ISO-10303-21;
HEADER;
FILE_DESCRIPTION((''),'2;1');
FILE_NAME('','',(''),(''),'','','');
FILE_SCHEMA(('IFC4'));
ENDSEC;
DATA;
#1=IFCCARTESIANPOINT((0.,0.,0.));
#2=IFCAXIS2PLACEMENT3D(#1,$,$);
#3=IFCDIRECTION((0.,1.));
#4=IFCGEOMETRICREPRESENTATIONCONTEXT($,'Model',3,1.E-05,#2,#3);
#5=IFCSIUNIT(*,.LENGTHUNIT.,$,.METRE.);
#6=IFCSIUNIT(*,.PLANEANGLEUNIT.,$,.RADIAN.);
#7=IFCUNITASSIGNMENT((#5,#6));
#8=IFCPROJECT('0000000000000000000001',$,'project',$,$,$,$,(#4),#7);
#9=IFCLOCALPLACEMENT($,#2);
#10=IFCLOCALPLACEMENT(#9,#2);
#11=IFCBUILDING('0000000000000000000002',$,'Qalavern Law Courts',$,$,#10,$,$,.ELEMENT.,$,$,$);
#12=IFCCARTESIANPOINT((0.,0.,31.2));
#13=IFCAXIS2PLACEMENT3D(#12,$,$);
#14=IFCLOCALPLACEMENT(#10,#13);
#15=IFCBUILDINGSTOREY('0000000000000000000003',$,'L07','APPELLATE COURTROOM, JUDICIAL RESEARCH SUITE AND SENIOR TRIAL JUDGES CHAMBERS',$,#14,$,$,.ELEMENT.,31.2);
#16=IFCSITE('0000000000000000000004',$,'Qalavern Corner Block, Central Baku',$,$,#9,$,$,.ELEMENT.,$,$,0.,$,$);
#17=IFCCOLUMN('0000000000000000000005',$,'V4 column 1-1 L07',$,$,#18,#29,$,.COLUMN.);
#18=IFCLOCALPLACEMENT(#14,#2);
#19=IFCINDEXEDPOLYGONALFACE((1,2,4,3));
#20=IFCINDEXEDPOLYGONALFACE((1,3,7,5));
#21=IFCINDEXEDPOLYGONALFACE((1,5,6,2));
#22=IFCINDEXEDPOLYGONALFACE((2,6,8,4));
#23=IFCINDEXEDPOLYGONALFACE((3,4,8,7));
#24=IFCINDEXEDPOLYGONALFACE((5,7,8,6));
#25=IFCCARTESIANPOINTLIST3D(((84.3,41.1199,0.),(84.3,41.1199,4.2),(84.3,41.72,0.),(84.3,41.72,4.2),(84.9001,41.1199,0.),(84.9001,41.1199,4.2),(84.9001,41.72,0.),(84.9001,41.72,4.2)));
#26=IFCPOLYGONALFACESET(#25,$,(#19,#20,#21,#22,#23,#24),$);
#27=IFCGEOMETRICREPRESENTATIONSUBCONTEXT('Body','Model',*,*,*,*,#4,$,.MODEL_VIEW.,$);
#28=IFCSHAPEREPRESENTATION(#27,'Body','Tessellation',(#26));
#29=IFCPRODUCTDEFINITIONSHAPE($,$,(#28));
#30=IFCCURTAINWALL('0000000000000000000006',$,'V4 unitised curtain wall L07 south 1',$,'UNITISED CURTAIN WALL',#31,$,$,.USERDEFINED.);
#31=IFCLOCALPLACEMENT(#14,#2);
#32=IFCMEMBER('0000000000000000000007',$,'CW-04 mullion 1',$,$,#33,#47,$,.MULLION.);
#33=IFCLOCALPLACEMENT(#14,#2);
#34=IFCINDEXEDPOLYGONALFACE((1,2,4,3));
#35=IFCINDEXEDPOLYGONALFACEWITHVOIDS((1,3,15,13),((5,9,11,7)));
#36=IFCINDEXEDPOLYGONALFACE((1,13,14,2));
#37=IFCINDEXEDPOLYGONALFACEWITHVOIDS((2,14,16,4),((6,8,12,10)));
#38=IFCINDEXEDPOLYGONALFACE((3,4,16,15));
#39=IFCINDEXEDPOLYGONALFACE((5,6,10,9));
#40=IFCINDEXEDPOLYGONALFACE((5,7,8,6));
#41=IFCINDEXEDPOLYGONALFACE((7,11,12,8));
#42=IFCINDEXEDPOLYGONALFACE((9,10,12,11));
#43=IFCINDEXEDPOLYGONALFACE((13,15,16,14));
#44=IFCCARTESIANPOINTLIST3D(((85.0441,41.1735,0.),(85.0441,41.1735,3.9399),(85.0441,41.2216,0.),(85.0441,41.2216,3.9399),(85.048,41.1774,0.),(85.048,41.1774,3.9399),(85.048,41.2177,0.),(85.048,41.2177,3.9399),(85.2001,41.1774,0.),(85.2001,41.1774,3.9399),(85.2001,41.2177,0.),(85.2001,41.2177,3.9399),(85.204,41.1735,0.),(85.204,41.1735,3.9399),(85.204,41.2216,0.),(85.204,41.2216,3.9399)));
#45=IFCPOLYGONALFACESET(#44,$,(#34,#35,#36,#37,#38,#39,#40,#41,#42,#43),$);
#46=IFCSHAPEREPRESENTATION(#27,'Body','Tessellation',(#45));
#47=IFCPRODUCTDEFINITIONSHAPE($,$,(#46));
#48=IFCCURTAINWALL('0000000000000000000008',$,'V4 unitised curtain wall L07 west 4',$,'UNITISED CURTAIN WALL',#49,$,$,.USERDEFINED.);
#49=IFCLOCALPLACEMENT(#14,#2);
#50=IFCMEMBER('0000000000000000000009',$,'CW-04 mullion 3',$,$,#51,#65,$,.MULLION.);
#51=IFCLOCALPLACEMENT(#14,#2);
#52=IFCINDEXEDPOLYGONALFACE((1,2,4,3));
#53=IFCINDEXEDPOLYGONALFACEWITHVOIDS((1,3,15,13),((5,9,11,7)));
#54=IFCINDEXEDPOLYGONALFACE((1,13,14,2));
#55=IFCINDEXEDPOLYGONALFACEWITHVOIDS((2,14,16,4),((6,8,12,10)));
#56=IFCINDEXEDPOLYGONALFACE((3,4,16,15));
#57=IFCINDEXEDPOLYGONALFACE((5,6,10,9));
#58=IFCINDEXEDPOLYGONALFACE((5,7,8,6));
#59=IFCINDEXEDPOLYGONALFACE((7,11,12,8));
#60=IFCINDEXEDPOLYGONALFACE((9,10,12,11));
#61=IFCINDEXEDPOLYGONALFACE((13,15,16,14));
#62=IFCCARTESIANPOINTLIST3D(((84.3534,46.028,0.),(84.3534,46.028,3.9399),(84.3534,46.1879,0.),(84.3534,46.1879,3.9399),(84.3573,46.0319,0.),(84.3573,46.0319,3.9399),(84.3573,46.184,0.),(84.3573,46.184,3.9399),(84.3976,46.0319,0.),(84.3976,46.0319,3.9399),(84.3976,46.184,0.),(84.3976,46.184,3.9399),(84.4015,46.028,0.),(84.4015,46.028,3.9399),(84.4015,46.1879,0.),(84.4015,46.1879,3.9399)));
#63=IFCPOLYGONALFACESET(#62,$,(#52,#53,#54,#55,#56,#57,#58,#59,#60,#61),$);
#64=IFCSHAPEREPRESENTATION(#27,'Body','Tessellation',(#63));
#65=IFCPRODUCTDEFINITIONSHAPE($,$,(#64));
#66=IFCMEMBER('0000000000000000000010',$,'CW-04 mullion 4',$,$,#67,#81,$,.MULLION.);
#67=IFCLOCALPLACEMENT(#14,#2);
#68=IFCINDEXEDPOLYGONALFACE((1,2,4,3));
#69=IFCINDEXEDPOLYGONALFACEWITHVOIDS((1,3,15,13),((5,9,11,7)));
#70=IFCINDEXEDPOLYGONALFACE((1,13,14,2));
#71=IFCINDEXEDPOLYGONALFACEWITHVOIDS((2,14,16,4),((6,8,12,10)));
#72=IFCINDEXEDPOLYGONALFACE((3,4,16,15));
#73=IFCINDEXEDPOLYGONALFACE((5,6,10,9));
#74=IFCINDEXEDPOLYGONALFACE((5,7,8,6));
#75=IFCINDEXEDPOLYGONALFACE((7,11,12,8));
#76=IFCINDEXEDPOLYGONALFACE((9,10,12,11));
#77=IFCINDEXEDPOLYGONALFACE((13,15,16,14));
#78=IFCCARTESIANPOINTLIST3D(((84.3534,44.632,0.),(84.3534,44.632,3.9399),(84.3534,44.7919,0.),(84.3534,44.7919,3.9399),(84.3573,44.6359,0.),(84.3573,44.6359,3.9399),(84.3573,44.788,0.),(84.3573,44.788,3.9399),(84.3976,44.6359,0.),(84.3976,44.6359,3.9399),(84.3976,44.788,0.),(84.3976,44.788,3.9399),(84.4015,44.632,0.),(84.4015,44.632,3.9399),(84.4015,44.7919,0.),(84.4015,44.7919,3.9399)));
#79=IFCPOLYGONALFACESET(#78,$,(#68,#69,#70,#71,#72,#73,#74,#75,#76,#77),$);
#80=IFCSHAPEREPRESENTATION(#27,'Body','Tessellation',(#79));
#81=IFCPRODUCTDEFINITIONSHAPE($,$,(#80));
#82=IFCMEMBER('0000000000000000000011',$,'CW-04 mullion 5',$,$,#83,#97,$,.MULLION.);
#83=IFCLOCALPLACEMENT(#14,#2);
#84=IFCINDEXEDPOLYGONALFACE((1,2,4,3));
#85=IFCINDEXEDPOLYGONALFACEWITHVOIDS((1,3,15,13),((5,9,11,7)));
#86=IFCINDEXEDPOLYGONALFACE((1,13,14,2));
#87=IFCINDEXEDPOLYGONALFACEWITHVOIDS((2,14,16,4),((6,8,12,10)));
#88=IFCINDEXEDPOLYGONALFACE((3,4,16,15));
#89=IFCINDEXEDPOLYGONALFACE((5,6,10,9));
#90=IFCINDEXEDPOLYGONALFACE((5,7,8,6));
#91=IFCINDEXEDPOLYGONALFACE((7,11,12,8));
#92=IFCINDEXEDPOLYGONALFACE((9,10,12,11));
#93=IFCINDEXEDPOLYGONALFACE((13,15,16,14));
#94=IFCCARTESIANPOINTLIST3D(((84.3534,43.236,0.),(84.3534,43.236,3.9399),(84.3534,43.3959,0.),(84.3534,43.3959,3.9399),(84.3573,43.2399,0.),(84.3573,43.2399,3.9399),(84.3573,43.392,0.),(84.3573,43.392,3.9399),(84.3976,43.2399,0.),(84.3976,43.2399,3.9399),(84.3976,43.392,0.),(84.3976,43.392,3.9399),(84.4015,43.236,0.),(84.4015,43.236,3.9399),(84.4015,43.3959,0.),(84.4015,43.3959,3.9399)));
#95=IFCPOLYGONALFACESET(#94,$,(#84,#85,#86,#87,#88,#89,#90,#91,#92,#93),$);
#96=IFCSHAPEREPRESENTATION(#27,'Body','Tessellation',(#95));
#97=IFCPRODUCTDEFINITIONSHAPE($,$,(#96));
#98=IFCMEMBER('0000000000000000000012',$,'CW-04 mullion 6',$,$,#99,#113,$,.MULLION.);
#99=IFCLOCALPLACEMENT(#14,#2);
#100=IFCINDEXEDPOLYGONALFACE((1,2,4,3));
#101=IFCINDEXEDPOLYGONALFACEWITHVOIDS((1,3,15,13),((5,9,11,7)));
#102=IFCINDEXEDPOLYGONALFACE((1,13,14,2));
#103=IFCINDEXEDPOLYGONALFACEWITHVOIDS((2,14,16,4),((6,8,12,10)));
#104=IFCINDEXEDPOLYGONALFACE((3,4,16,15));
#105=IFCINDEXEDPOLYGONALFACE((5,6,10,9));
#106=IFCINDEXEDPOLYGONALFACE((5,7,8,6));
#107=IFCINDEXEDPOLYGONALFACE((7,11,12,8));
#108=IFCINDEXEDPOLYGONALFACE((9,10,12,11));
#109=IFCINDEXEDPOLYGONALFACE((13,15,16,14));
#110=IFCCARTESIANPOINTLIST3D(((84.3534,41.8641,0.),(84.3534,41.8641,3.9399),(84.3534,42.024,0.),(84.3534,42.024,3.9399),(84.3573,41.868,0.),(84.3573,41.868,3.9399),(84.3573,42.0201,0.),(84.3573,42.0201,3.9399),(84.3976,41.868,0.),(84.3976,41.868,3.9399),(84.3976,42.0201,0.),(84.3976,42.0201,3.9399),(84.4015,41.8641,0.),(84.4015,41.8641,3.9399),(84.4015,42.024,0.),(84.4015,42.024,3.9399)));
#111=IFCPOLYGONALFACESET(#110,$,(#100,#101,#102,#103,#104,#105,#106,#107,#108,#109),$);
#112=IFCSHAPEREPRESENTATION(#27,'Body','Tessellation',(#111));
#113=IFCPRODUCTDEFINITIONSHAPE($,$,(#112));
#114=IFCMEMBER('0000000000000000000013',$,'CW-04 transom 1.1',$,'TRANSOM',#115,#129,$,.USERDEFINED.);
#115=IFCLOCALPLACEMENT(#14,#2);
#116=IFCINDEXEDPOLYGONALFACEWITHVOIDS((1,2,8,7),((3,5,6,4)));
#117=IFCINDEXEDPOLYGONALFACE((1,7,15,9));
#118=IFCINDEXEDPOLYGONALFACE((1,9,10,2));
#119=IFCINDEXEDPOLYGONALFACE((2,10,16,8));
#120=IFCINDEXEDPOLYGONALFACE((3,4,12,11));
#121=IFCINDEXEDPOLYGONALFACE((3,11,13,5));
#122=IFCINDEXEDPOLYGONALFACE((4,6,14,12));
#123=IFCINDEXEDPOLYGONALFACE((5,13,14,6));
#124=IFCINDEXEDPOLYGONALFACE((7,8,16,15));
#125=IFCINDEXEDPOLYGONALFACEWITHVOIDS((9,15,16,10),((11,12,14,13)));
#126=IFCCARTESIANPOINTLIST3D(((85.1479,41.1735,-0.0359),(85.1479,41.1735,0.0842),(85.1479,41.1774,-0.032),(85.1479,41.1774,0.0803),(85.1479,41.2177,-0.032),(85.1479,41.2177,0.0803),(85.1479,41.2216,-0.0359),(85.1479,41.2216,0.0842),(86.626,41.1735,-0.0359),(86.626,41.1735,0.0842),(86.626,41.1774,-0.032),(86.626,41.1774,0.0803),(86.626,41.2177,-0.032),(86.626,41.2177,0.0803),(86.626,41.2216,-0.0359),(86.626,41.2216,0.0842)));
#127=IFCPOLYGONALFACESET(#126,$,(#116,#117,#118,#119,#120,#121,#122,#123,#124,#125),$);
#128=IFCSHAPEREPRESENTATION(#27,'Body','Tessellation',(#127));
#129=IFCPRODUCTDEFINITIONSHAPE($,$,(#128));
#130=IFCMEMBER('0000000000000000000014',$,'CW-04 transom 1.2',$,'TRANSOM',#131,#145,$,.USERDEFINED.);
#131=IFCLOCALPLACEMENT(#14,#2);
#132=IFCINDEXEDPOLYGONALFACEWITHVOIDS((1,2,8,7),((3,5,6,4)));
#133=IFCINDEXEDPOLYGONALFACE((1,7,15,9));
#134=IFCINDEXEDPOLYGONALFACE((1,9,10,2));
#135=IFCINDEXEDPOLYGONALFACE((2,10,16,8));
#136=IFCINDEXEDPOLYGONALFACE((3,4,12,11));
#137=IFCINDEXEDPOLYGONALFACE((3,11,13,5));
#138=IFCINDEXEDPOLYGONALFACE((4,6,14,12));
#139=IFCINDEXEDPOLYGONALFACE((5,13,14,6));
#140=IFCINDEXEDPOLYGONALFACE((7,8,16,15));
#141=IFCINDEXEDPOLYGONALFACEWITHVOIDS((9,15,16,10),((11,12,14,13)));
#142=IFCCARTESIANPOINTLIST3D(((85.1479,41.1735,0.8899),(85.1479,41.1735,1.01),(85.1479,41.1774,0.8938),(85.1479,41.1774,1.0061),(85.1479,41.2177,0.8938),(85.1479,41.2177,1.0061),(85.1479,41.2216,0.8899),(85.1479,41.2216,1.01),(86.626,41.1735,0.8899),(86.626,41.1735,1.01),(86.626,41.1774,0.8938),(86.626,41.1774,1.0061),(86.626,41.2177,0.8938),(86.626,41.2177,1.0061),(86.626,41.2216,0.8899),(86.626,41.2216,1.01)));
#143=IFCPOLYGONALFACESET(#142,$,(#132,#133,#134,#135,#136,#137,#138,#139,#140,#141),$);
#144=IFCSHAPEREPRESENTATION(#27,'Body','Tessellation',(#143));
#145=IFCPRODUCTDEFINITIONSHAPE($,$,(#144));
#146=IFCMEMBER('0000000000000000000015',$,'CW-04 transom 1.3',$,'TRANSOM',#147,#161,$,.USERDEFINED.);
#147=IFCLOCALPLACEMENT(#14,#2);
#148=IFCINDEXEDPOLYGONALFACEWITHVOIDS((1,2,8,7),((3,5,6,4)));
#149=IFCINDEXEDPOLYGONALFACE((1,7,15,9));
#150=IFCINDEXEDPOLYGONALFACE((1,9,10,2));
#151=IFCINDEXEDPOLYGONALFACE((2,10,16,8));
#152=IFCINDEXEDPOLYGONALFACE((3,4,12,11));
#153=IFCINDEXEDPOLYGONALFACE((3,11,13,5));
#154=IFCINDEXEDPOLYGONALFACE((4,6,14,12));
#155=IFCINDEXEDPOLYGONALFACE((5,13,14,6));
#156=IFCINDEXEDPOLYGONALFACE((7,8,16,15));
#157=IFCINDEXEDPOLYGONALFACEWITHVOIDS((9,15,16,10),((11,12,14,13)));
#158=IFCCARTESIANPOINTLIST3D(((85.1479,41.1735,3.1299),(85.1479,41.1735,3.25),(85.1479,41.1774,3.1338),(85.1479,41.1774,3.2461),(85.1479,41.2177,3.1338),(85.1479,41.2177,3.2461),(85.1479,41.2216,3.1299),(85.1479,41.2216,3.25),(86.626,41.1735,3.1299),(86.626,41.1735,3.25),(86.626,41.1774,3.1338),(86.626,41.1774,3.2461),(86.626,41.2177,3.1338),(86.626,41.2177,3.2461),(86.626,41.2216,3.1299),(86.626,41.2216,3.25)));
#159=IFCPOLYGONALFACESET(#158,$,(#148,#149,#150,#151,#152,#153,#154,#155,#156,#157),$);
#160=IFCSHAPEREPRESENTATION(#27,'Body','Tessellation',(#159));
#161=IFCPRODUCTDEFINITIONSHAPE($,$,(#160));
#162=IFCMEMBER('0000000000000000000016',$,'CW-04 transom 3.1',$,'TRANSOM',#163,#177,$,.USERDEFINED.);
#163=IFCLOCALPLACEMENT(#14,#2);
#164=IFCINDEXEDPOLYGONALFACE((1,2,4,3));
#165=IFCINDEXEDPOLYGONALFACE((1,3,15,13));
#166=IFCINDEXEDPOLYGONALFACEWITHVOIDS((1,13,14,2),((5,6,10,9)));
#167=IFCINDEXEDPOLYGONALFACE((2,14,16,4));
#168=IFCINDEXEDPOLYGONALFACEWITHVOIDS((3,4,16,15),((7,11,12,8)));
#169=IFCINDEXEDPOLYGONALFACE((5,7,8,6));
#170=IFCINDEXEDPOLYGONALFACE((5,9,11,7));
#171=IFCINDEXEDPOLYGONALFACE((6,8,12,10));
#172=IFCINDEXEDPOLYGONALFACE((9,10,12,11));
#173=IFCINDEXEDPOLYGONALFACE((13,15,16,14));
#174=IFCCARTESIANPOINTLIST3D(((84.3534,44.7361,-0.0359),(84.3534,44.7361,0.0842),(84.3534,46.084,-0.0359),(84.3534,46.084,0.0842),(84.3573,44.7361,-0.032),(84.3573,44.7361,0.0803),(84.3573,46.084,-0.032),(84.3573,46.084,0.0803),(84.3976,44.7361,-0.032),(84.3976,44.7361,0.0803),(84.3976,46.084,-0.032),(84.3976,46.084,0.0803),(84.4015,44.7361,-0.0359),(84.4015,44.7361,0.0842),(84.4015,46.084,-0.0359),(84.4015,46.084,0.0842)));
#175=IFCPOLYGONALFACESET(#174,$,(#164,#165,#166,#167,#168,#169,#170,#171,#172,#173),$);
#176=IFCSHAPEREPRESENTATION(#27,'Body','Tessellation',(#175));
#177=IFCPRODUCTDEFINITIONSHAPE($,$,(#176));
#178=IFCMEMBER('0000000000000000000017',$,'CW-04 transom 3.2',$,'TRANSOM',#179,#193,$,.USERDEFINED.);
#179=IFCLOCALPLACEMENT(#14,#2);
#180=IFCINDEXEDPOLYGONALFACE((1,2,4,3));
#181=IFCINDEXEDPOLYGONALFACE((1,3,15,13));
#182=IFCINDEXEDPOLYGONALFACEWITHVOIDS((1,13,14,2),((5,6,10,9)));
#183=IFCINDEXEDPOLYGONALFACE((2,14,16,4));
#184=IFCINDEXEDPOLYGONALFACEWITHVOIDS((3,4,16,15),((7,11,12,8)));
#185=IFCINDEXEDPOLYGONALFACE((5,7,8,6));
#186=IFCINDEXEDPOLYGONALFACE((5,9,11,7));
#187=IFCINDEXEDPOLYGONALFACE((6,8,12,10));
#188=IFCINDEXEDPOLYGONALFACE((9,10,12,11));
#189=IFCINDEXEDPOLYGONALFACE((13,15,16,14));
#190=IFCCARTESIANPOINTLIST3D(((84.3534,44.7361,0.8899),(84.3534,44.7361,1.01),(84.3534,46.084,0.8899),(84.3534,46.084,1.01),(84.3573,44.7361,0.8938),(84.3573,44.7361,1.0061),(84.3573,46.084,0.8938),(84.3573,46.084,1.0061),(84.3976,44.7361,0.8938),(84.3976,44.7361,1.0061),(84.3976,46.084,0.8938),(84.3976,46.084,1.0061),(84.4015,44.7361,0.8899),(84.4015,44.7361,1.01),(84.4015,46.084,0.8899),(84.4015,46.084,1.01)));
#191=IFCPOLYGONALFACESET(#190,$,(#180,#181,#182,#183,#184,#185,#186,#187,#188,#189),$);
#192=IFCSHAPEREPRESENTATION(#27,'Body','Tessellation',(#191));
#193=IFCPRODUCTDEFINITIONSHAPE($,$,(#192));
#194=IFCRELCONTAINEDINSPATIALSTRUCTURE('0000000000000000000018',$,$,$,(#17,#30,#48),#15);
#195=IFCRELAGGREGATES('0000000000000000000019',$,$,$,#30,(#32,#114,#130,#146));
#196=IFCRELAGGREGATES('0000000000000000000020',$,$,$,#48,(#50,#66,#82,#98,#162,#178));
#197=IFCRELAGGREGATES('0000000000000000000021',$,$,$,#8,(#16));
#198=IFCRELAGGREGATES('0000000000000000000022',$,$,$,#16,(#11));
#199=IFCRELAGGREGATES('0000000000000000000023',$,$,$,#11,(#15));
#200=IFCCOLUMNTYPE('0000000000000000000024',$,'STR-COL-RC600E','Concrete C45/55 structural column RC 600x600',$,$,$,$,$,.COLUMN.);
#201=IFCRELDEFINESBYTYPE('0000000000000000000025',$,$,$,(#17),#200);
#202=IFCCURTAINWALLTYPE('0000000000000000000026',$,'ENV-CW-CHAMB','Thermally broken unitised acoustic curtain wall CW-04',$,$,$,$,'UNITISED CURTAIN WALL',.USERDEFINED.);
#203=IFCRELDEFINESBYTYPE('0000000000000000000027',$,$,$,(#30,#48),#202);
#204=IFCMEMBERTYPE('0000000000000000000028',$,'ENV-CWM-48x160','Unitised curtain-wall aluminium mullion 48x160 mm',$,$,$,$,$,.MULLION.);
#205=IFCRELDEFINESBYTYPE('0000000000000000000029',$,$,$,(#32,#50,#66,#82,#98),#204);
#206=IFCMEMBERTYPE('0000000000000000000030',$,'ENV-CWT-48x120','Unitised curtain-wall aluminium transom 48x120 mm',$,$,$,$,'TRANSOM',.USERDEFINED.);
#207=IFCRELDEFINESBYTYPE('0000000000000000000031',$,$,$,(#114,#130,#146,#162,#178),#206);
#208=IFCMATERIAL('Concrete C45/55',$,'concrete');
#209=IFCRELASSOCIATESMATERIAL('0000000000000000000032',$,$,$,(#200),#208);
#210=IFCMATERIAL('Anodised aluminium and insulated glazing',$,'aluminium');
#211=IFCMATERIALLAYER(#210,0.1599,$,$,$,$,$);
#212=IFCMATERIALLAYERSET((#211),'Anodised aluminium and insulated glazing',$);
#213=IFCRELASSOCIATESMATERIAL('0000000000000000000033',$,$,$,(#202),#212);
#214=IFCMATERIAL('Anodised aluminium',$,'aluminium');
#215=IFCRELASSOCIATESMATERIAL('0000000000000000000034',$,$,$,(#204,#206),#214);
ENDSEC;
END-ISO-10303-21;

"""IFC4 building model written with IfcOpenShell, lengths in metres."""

from ifc_helpers import new_model, si_unit, direction, frame, origin, origin_2d, place, context, subcontext, project, spatial, rectangle, hollow_rectangle, extrude, material, layer, layer_set, material_profile, profile_set, type_object, element, aggregate, save


model = new_model("IFC4")

# Units and contexts
model_context = context("Model", 3, precision=1e-05, world=origin(), true_north=direction((0.0, 1.0)))
body_context = subcontext(model_context, "Body", "Model", "MODEL_VIEW")
ifc_project = project(units=[si_unit("LENGTHUNIT", "METRE"), si_unit("PLANEANGLEUNIT", "RADIAN")], contexts=[model_context])

# Site, building, storey
site_placement = place(None, origin())
site = spatial("IfcSite", under=ifc_project, at=site_placement, Name="Qalavern Corner Block, Central Baku", CompositionType="ELEMENT", RefElevation=0.0)
building_placement = place(site_placement, origin())
building = spatial("IfcBuilding", under=site, at=building_placement, Name="Qalavern Law Courts", CompositionType="ELEMENT")
storey_placement = place(building_placement, frame((0.0, 0.0, 31.2)))
storey = spatial("IfcBuildingStorey", under=building, at=storey_placement, Name="L07", Description="APPELLATE COURTROOM, JUDICIAL RESEARCH SUITE AND SENIOR TRIAL JUDGES CHAMBERS", CompositionType="ELEMENT", Elevation=31.2)

# Column
ifc_material_1 = material(Name="Concrete C45/55", Category="concrete")
ifc_material_profile_1 = material_profile(ifc_material_1, rectangle(XDim=0.6001, YDim=0.6001, at=origin_2d()), Name="RC 600x600")
ifc_profile_set_1 = profile_set([ifc_material_profile_1], Name="Concrete C45/55")
column_type = type_object("IfcColumnType", Name="STR-COL-RC600E", Description="Concrete C45/55 structural column RC 600x600", PredefinedType="COLUMN", material=ifc_profile_set_1)
column_placement = place(storey_placement, frame((84.6001, 41.4199, 0.0), z_axis=(0.0, 0.0, 1.0), x_axis=(1.0, 0.0, 0.0)))
element("IfcColumn", 1, at=column_placement, inside=storey, type_object=column_type, Name="V4 column 1-1 L07", PredefinedType="COLUMN", context=body_context, shape_type="SweptSolid", body=[
    extrude(rectangle(XDim=0.6001, YDim=0.6001, at=origin_2d()), origin(), (0.0, 0.0, 1.0), 4.2),
])

# Curtain wall, member
ifc_material_2 = material(Name="Anodised aluminium and insulated glazing", Category="aluminium")
ifc_layer_1 = layer(ifc_material_2, 0.1599)
ifc_layer_set_1 = layer_set([ifc_layer_1], Name="Anodised aluminium and insulated glazing")
curtain_wall_type = type_object("IfcCurtainWallType", Name="ENV-CW-CHAMB", Description="Thermally broken unitised acoustic curtain wall CW-04", ElementType="UNITISED CURTAIN WALL", PredefinedType="USERDEFINED", material=ifc_layer_set_1)
curtain_wall_1_placement = place(storey_placement, origin())
curtain_wall_1 = element("IfcCurtainWall", 2, at=curtain_wall_1_placement, inside=storey, type_object=curtain_wall_type, Name="V4 unitised curtain wall L07 south 1", ObjectType="UNITISED CURTAIN WALL", PredefinedType="USERDEFINED")
ifc_material_3 = material(Name="Anodised aluminium", Category="aluminium")
ifc_material_profile_2 = material_profile(ifc_material_3, hollow_rectangle(XDim=0.0481, YDim=0.1599, WallThickness=0.0039, at=origin_2d()), Name="ALU MULLION 48x160")
ifc_profile_set_2 = profile_set([ifc_material_profile_2], Name="Anodised aluminium")
member_type_1 = type_object("IfcMemberType", Name="ENV-CWM-48x160", Description="Unitised curtain-wall aluminium mullion 48x160 mm", PredefinedType="MULLION", material=ifc_profile_set_2)
member_1_placement = place(storey_placement, frame((85.124, 41.1975, 0.0), z_axis=(0.0, 0.0, 1.0), x_axis=(0.0, 1.0, 0.0)))
member_1 = element("IfcMember", 3, at=member_1_placement, type_object=member_type_1, Name="CW-04 mullion 1", PredefinedType="MULLION", context=body_context, shape_type="SweptSolid", body=[
    extrude(hollow_rectangle(XDim=0.0481, YDim=0.1599, WallThickness=0.0039, at=origin_2d()), origin(), (0.0, 0.0, 1.0), 3.9399),
])

# Curtain wall, members
curtain_wall_2_placement = place(storey_placement, origin())
curtain_wall_2 = element("IfcCurtainWall", 4, at=curtain_wall_2_placement, inside=storey, type_object=curtain_wall_type, Name="V4 unitised curtain wall L07 west 4", ObjectType="UNITISED CURTAIN WALL", PredefinedType="USERDEFINED")
member_2_placement = place(storey_placement, frame((84.3774, 46.1079, 0.0), z_axis=(0.0, 0.0, 1.0), x_axis=(1.0, 0.0, 0.0)))
member_2 = element("IfcMember", 5, at=member_2_placement, type_object=member_type_1, Name="CW-04 mullion 3", PredefinedType="MULLION", context=body_context, shape_type="SweptSolid", body=[
    extrude(hollow_rectangle(XDim=0.0481, YDim=0.1599, WallThickness=0.0039, at=origin_2d()), origin(), (0.0, 0.0, 1.0), 3.9399),
])
member_3_placement = place(storey_placement, frame((84.3774, 44.7119, 0.0), z_axis=(0.0, 0.0, 1.0), x_axis=(1.0, 0.0, 0.0)))
member_3 = element("IfcMember", 6, at=member_3_placement, type_object=member_type_1, Name="CW-04 mullion 4", PredefinedType="MULLION", context=body_context, shape_type="SweptSolid", body=[
    extrude(hollow_rectangle(XDim=0.0481, YDim=0.1599, WallThickness=0.0039, at=origin_2d()), origin(), (0.0, 0.0, 1.0), 3.9399),
])
member_4_placement = place(storey_placement, frame((84.3774, 43.3159, 0.0), z_axis=(0.0, 0.0, 1.0), x_axis=(1.0, 0.0, 0.0)))
member_4 = element("IfcMember", 7, at=member_4_placement, type_object=member_type_1, Name="CW-04 mullion 5", PredefinedType="MULLION", context=body_context, shape_type="SweptSolid", body=[
    extrude(hollow_rectangle(XDim=0.0481, YDim=0.1599, WallThickness=0.0039, at=origin_2d()), origin(), (0.0, 0.0, 1.0), 3.9399),
])
member_5_placement = place(storey_placement, frame((84.3774, 41.9441, 0.0), z_axis=(0.0, 0.0, 1.0), x_axis=(1.0, 0.0, 0.0)))
member_5 = element("IfcMember", 8, at=member_5_placement, type_object=member_type_1, Name="CW-04 mullion 6", PredefinedType="MULLION", context=body_context, shape_type="SweptSolid", body=[
    extrude(hollow_rectangle(XDim=0.0481, YDim=0.1599, WallThickness=0.0039, at=origin_2d()), origin(), (0.0, 0.0, 1.0), 3.9399),
])

# Members
ifc_material_profile_3 = material_profile(ifc_material_3, hollow_rectangle(XDim=0.0481, YDim=0.1201, WallThickness=0.0039, at=origin_2d()), Name="ALU TRANSOM 48x120")
ifc_profile_set_3 = profile_set([ifc_material_profile_3], Name="Anodised aluminium")
member_type_2 = type_object("IfcMemberType", Name="ENV-CWT-48x120", Description="Unitised curtain-wall aluminium transom 48x120 mm", ElementType="TRANSOM", PredefinedType="USERDEFINED", material=ifc_profile_set_3)
member_6_placement = place(storey_placement, frame((85.1479, 41.1975, 0.0242), z_axis=(1.0, 0.0, 0.0), x_axis=(0.0, 1.0, 0.0)))
member_6 = element("IfcMember", 9, at=member_6_placement, type_object=member_type_2, Name="CW-04 transom 1.1", ObjectType="TRANSOM", PredefinedType="USERDEFINED", context=body_context, shape_type="SweptSolid", body=[
    extrude(hollow_rectangle(XDim=0.0481, YDim=0.1201, WallThickness=0.0039, at=origin_2d()), origin(), (0.0, 0.0, 1.0), 1.478),
])
member_7_placement = place(storey_placement, frame((85.1479, 41.1975, 0.95), z_axis=(1.0, 0.0, 0.0), x_axis=(0.0, 1.0, 0.0)))
member_7 = element("IfcMember", 10, at=member_7_placement, type_object=member_type_2, Name="CW-04 transom 1.2", ObjectType="TRANSOM", PredefinedType="USERDEFINED", context=body_context, shape_type="SweptSolid", body=[
    extrude(hollow_rectangle(XDim=0.0481, YDim=0.1201, WallThickness=0.0039, at=origin_2d()), origin(), (0.0, 0.0, 1.0), 1.478),
])
member_8_placement = place(storey_placement, frame((85.1479, 41.1975, 3.1899), z_axis=(1.0, 0.0, 0.0), x_axis=(0.0, 1.0, 0.0)))
member_8 = element("IfcMember", 11, at=member_8_placement, type_object=member_type_2, Name="CW-04 transom 1.3", ObjectType="TRANSOM", PredefinedType="USERDEFINED", context=body_context, shape_type="SweptSolid", body=[
    extrude(hollow_rectangle(XDim=0.0481, YDim=0.1201, WallThickness=0.0039, at=origin_2d()), origin(), (0.0, 0.0, 1.0), 1.478),
])
aggregate(curtain_wall_1, [member_1, member_6, member_7, member_8])
member_9_placement = place(storey_placement, frame((84.3774, 46.084, 0.0242), z_axis=(0.0, -1.0, 0.0), x_axis=(1.0, 0.0, 0.0)))
member_9 = element("IfcMember", 12, at=member_9_placement, type_object=member_type_2, Name="CW-04 transom 3.1", ObjectType="TRANSOM", PredefinedType="USERDEFINED", context=body_context, shape_type="SweptSolid", body=[
    extrude(hollow_rectangle(XDim=0.0481, YDim=0.1201, WallThickness=0.0039, at=origin_2d()), origin(), (0.0, 0.0, 1.0), 1.3479),
])
member_10_placement = place(storey_placement, frame((84.3774, 46.084, 0.95), z_axis=(0.0, -1.0, 0.0), x_axis=(1.0, 0.0, 0.0)))
member_10 = element("IfcMember", 13, at=member_10_placement, type_object=member_type_2, Name="CW-04 transom 3.2", ObjectType="TRANSOM", PredefinedType="USERDEFINED", context=body_context, shape_type="SweptSolid", body=[
    extrude(hollow_rectangle(XDim=0.0481, YDim=0.1201, WallThickness=0.0039, at=origin_2d()), origin(), (0.0, 0.0, 1.0), 1.3479),
])

aggregate(curtain_wall_2, [member_2, member_3, member_4, member_5, member_9, member_10])

save(model, "model.ifc")
